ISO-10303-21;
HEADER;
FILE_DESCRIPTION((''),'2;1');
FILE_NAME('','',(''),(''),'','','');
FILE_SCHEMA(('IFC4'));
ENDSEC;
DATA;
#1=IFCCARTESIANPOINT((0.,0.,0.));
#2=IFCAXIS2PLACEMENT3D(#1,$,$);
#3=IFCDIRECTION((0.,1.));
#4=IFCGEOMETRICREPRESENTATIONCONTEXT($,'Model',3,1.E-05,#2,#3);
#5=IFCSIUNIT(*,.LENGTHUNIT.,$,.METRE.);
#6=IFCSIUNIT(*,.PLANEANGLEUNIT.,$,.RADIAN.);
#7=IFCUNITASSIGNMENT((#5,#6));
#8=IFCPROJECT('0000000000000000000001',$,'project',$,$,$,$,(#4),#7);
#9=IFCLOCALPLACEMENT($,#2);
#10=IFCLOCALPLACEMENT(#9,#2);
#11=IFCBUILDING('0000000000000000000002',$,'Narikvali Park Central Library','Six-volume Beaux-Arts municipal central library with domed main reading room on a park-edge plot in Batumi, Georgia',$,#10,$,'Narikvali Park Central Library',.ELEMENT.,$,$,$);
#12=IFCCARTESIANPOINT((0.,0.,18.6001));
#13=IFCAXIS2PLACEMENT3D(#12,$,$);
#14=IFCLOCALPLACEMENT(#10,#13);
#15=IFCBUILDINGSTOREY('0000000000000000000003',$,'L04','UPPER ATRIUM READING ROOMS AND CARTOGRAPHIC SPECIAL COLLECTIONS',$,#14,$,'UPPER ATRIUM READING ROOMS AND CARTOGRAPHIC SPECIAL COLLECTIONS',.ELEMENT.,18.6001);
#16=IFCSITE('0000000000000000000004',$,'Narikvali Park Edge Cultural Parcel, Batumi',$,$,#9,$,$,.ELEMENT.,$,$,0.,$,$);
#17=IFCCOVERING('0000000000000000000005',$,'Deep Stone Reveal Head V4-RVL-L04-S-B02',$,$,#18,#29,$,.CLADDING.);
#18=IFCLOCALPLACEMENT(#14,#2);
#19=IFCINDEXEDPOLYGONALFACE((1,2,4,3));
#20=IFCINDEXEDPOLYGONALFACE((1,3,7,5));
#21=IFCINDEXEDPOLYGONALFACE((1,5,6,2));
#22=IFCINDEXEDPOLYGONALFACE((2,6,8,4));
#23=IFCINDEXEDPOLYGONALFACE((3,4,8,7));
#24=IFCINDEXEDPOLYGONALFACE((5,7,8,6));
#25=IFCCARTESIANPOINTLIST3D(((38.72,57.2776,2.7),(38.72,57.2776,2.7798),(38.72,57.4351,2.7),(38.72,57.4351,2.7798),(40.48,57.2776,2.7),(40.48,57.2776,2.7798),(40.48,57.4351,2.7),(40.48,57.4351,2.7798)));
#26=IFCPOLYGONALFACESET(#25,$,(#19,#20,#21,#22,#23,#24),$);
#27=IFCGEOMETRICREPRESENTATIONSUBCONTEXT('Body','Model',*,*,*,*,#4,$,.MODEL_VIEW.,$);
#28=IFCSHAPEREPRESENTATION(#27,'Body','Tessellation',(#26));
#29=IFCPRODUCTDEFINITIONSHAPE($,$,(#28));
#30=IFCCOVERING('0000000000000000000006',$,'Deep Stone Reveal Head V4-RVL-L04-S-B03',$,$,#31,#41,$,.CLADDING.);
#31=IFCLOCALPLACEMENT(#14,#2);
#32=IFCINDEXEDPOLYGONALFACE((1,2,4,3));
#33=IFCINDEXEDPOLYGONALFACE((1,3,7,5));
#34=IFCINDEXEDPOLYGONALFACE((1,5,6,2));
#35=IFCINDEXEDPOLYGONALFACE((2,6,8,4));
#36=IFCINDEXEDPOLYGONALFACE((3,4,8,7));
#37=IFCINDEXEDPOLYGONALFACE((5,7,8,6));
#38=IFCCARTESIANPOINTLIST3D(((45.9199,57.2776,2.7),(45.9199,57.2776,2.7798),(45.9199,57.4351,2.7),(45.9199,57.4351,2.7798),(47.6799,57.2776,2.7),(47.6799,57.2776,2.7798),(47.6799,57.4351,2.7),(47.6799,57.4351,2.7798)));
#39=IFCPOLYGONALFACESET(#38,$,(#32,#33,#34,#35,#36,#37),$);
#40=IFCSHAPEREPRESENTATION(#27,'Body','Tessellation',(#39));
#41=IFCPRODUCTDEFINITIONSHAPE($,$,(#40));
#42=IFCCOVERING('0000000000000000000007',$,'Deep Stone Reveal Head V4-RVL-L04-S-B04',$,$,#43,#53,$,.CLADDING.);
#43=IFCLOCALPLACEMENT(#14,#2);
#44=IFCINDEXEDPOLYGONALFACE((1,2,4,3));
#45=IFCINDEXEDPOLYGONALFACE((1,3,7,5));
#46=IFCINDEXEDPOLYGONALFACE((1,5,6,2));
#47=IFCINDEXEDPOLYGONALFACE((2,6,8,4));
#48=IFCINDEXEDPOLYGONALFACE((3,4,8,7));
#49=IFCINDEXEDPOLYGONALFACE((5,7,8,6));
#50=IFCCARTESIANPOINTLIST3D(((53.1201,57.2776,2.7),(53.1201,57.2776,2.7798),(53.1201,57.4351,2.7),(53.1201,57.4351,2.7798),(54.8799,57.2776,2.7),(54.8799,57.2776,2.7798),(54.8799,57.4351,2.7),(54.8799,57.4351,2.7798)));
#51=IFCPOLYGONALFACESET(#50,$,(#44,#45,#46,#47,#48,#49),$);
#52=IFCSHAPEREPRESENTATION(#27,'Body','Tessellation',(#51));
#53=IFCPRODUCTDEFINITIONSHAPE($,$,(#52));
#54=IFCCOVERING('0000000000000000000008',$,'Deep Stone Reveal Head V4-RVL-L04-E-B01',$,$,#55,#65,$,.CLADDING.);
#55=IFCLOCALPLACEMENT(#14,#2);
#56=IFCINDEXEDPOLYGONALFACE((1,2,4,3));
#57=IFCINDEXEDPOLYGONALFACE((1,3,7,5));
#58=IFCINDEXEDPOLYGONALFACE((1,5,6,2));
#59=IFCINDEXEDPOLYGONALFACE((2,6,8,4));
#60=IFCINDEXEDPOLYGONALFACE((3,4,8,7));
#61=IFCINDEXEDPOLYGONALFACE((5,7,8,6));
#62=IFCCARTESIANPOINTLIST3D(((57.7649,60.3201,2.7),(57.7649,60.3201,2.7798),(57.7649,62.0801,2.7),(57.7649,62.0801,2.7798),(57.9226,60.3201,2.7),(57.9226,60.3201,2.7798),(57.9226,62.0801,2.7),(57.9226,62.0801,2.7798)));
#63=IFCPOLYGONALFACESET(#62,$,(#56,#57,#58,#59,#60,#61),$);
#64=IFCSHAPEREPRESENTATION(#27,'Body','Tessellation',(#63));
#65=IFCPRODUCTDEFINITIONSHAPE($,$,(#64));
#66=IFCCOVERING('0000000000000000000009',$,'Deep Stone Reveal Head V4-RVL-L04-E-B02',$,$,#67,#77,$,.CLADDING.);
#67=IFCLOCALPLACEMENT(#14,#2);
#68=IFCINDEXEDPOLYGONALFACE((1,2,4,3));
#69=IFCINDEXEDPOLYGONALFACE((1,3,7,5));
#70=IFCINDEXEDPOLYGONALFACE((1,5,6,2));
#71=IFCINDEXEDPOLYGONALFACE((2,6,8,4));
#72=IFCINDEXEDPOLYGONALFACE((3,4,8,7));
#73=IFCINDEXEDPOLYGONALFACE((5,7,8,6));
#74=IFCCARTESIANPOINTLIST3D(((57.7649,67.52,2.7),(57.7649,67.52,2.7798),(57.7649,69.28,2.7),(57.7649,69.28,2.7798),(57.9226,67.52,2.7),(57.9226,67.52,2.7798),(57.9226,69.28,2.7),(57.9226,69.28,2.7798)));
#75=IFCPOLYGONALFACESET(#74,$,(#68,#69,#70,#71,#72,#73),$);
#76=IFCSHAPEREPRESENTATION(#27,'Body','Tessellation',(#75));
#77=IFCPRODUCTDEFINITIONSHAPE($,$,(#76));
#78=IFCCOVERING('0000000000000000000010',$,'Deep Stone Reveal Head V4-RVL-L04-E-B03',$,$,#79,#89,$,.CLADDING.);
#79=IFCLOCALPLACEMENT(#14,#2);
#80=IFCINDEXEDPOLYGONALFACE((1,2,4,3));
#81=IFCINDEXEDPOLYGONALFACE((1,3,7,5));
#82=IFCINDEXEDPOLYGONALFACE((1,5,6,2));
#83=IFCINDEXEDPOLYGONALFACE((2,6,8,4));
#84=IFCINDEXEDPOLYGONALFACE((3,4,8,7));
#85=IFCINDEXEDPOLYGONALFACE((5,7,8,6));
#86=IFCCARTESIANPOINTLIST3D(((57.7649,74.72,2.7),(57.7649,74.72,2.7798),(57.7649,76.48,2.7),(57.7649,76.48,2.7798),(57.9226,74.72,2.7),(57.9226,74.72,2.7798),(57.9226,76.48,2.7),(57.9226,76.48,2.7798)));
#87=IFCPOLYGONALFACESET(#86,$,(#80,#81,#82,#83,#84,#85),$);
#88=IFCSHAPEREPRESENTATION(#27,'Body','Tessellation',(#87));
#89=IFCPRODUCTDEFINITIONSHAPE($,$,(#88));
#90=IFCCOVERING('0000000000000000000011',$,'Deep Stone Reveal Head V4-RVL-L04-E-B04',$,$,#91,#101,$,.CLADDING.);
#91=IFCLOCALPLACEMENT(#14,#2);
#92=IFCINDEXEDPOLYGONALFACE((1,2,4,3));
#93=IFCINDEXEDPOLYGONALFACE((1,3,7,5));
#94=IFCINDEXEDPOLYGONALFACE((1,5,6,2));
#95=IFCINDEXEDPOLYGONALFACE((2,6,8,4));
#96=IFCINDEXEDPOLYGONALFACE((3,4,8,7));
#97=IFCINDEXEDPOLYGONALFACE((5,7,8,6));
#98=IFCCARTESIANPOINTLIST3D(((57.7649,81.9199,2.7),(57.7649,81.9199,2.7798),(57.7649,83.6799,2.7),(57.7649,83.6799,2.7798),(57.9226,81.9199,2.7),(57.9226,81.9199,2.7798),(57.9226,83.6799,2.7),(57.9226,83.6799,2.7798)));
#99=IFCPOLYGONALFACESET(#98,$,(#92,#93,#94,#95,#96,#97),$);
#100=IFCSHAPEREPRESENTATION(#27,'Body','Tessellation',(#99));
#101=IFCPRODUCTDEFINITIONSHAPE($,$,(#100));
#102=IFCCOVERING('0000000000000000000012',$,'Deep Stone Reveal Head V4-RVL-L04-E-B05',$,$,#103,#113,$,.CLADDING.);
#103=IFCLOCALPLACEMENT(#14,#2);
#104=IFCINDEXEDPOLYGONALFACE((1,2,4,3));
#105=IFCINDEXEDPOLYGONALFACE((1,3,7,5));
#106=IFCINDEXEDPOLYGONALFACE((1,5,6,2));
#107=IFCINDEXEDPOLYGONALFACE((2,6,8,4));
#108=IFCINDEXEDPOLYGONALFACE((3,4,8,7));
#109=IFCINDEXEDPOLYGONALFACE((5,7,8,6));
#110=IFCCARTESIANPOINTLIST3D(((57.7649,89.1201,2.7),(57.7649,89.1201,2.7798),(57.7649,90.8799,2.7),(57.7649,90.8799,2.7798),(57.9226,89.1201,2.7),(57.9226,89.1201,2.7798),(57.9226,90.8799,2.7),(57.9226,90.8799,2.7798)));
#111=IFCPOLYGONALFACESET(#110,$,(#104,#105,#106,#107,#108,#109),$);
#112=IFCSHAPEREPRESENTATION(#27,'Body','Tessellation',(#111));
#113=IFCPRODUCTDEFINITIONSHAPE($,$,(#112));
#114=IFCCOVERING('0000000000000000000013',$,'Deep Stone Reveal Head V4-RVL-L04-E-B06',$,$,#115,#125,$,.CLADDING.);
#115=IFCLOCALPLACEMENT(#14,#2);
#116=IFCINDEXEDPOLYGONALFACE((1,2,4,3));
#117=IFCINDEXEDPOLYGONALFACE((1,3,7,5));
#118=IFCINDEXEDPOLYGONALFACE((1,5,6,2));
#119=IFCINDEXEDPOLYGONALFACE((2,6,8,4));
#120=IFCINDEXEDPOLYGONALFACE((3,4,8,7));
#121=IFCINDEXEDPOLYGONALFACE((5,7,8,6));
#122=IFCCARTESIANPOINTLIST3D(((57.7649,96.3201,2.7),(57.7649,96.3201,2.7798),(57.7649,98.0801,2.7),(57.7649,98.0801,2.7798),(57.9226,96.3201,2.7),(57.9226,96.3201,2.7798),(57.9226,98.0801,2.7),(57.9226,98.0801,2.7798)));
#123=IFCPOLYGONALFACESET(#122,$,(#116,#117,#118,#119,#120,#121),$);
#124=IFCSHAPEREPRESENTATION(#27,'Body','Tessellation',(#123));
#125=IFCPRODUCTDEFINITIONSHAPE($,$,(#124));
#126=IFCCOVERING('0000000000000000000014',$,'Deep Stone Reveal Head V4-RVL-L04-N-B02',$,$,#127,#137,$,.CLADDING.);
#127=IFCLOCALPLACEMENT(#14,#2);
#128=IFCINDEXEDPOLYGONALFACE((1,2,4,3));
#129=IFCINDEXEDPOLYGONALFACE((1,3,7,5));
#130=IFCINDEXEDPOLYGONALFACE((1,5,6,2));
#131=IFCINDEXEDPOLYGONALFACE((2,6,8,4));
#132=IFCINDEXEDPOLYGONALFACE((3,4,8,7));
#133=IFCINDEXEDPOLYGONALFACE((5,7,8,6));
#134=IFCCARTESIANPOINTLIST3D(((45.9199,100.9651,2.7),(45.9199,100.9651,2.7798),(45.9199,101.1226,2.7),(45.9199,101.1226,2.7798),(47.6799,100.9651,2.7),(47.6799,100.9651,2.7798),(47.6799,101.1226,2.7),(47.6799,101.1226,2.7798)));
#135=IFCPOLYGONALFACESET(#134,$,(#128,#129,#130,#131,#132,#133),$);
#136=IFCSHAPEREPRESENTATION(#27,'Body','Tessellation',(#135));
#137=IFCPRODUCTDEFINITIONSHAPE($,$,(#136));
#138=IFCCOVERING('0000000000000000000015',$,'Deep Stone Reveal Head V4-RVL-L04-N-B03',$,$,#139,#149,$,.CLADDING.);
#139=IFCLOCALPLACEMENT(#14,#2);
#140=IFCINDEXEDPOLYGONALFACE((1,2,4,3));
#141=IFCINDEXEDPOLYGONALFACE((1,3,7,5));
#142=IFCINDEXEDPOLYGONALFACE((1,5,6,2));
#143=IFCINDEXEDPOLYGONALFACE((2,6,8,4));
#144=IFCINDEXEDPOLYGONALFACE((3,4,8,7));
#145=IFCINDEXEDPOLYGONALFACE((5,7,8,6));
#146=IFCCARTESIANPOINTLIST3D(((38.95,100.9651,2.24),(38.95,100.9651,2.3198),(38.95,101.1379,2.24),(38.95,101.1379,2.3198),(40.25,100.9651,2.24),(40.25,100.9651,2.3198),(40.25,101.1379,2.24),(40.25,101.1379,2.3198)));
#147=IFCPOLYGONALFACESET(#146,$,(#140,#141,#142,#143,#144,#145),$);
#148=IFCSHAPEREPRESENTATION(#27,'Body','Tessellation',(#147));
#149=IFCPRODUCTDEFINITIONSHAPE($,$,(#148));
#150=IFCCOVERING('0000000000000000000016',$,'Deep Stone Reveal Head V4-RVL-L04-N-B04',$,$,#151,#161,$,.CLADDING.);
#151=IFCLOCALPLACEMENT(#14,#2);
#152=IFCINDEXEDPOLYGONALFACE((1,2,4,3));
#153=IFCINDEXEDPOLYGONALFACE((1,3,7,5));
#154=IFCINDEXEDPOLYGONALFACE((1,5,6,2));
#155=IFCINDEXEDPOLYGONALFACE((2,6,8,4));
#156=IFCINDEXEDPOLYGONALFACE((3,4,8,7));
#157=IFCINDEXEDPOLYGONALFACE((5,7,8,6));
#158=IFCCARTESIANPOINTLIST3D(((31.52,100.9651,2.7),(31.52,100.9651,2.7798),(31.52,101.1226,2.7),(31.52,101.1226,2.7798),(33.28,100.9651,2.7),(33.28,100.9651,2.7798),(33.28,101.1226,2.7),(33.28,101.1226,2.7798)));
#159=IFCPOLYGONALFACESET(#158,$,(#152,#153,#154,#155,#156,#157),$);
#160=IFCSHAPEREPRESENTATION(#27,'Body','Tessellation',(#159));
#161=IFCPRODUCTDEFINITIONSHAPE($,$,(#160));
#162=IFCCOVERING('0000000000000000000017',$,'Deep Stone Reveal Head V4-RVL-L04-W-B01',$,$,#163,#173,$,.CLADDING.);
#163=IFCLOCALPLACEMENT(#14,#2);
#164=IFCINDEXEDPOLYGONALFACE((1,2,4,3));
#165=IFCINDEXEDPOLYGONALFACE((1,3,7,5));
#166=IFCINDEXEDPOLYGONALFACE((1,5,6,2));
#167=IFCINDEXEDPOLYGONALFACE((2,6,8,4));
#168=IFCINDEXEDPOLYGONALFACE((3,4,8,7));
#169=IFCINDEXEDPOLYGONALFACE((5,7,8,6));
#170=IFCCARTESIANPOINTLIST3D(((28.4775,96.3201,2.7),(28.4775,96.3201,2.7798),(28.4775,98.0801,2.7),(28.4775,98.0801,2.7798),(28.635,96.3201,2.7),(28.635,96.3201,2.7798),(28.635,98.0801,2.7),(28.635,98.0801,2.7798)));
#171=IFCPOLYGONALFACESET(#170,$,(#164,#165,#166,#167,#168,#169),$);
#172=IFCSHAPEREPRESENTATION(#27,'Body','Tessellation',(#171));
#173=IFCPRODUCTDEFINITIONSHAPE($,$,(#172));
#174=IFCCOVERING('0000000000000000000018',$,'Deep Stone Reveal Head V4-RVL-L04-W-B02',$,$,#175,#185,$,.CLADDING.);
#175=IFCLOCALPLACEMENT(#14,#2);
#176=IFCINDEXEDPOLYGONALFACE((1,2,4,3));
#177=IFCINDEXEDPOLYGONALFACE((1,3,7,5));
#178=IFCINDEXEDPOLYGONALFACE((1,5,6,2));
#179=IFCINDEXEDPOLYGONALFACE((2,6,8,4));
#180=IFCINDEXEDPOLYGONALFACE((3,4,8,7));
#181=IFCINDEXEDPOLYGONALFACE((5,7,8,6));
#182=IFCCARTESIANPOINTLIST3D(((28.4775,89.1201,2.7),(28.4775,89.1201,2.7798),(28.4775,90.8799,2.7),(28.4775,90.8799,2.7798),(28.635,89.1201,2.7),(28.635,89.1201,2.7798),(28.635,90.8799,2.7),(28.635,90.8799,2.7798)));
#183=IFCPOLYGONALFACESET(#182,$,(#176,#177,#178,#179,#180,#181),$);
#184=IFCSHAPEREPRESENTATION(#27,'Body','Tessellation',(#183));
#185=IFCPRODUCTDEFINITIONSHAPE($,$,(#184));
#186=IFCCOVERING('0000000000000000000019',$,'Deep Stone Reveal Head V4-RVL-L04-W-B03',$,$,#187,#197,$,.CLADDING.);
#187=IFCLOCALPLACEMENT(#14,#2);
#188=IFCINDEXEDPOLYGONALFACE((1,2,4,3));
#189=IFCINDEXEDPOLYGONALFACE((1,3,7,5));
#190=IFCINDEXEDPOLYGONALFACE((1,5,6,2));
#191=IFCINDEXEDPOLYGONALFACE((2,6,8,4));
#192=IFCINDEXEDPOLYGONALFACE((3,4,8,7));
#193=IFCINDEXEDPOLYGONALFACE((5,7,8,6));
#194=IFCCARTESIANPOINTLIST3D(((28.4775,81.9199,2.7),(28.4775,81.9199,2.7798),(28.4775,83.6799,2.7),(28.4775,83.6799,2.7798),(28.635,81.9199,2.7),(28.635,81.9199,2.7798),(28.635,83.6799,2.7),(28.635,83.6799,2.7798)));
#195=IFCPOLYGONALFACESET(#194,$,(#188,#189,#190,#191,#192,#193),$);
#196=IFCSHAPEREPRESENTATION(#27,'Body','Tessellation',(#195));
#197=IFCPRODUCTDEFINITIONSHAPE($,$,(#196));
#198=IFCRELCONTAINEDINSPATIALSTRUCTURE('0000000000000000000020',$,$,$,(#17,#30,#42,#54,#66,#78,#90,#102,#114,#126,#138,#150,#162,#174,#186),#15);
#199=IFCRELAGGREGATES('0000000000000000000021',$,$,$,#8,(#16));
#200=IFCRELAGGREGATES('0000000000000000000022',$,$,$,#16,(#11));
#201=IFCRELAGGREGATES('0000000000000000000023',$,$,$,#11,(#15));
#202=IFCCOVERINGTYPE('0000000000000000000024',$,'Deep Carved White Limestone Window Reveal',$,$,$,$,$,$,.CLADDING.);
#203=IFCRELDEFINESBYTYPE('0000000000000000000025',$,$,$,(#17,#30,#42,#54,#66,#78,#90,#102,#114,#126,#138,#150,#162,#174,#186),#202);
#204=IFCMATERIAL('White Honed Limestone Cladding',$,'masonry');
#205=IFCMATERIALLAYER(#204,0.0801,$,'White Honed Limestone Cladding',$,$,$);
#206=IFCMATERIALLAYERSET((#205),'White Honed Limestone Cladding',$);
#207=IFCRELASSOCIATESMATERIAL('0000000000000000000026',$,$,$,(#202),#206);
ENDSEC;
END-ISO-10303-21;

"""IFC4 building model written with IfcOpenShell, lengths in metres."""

from ifc_helpers import new_model, si_unit, direction, frame, origin, place, context, subcontext, project, spatial, polyline, outline, extrude, material, layer, layer_set, type_object, element, save


model = new_model("IFC4")

# Units and contexts
model_context = context("Model", 3, precision=1e-05, world=origin(), true_north=direction((0.0, 1.0)))
body_context = subcontext(model_context, "Body", "Model", "MODEL_VIEW")
ifc_project = project(units=[si_unit("LENGTHUNIT", "METRE"), si_unit("PLANEANGLEUNIT", "RADIAN")], contexts=[model_context])

# Site, building, storey
site_placement = place(None, origin())
site = spatial("IfcSite", under=ifc_project, at=site_placement, Name="Narikvali Park Edge Cultural Parcel, Batumi", CompositionType="ELEMENT", RefElevation=0.0)
building_placement = place(site_placement, origin())
building = spatial("IfcBuilding", under=site, at=building_placement, Name="Narikvali Park Central Library", Description="Six-volume Beaux-Arts municipal central library with domed main reading room on a park-edge plot in Batumi, Georgia", LongName="Narikvali Park Central Library", CompositionType="ELEMENT")
storey_placement = place(building_placement, frame((0.0, 0.0, 18.6001)))
storey = spatial("IfcBuildingStorey", under=building, at=storey_placement, Name="L04", Description="UPPER ATRIUM READING ROOMS AND CARTOGRAPHIC SPECIAL COLLECTIONS", LongName="UPPER ATRIUM READING ROOMS AND CARTOGRAPHIC SPECIAL COLLECTIONS", CompositionType="ELEMENT", Elevation=18.6001)

# Coverings
ifc_material = material(Name="White Honed Limestone Cladding", Category="masonry")
ifc_layer = layer(ifc_material, 0.0801, Name="White Honed Limestone Cladding")
ifc_layer_set = layer_set([ifc_layer], Name="White Honed Limestone Cladding")
covering_type = type_object("IfcCoveringType", Name="Deep Carved White Limestone Window Reveal", PredefinedType="CLADDING", material=ifc_layer_set)
covering_1_placement = place(storey_placement, frame((0.0, 0.0, 2.7)))
element("IfcCovering", 1, at=covering_1_placement, inside=storey, type_object=covering_type, Name="Deep Stone Reveal Head V4-RVL-L04-S-B02", PredefinedType="CLADDING", context=body_context, shape_type="SweptSolid", body=[
    extrude(outline(polyline([(38.72, 57.4351), (40.48, 57.4351), (40.48, 57.2776), (38.72, 57.2776), (38.72, 57.4351)])), origin(), (0.0, 0.0, 1.0), 0.0798),
])
covering_2_placement = place(storey_placement, frame((0.0, 0.0, 2.7)))
element("IfcCovering", 2, at=covering_2_placement, inside=storey, type_object=covering_type, Name="Deep Stone Reveal Head V4-RVL-L04-S-B03", PredefinedType="CLADDING", context=body_context, shape_type="SweptSolid", body=[
    extrude(outline(polyline([(45.9199, 57.4351), (47.6799, 57.4351), (47.6799, 57.2776), (45.9199, 57.2776), (45.9199, 57.4351)])), origin(), (0.0, 0.0, 1.0), 0.0798),
])
covering_3_placement = place(storey_placement, frame((0.0, 0.0, 2.7)))
element("IfcCovering", 3, at=covering_3_placement, inside=storey, type_object=covering_type, Name="Deep Stone Reveal Head V4-RVL-L04-S-B04", PredefinedType="CLADDING", context=body_context, shape_type="SweptSolid", body=[
    extrude(outline(polyline([(53.1201, 57.4351), (54.8799, 57.4351), (54.8799, 57.2776), (53.1201, 57.2776), (53.1201, 57.4351)])), origin(), (0.0, 0.0, 1.0), 0.0798),
])
covering_4_placement = place(storey_placement, frame((0.0, 0.0, 2.7)))
element("IfcCovering", 4, at=covering_4_placement, inside=storey, type_object=covering_type, Name="Deep Stone Reveal Head V4-RVL-L04-E-B01", PredefinedType="CLADDING", context=body_context, shape_type="SweptSolid", body=[
    extrude(outline(polyline([(57.7649, 60.3201), (57.7649, 62.0801), (57.9226, 62.0801), (57.9226, 60.3201), (57.7649, 60.3201)])), origin(), (0.0, 0.0, 1.0), 0.0798),
])
covering_5_placement = place(storey_placement, frame((0.0, 0.0, 2.7)))
element("IfcCovering", 5, at=covering_5_placement, inside=storey, type_object=covering_type, Name="Deep Stone Reveal Head V4-RVL-L04-E-B02", PredefinedType="CLADDING", context=body_context, shape_type="SweptSolid", body=[
    extrude(outline(polyline([(57.7649, 67.52), (57.7649, 69.28), (57.9226, 69.28), (57.9226, 67.52), (57.7649, 67.52)])), origin(), (0.0, 0.0, 1.0), 0.0798),
])
covering_6_placement = place(storey_placement, frame((0.0, 0.0, 2.7)))
element("IfcCovering", 6, at=covering_6_placement, inside=storey, type_object=covering_type, Name="Deep Stone Reveal Head V4-RVL-L04-E-B03", PredefinedType="CLADDING", context=body_context, shape_type="SweptSolid", body=[
    extrude(outline(polyline([(57.7649, 74.72), (57.7649, 76.48), (57.9226, 76.48), (57.9226, 74.72), (57.7649, 74.72)])), origin(), (0.0, 0.0, 1.0), 0.0798),
])
covering_7_placement = place(storey_placement, frame((0.0, 0.0, 2.7)))
element("IfcCovering", 7, at=covering_7_placement, inside=storey, type_object=covering_type, Name="Deep Stone Reveal Head V4-RVL-L04-E-B04", PredefinedType="CLADDING", context=body_context, shape_type="SweptSolid", body=[
    extrude(outline(polyline([(57.7649, 81.9199), (57.7649, 83.6799), (57.9226, 83.6799), (57.9226, 81.9199), (57.7649, 81.9199)])), origin(), (0.0, 0.0, 1.0), 0.0798),
])
covering_8_placement = place(storey_placement, frame((0.0, 0.0, 2.7)))
element("IfcCovering", 8, at=covering_8_placement, inside=storey, type_object=covering_type, Name="Deep Stone Reveal Head V4-RVL-L04-E-B05", PredefinedType="CLADDING", context=body_context, shape_type="SweptSolid", body=[
    extrude(outline(polyline([(57.7649, 89.1201), (57.7649, 90.8799), (57.9226, 90.8799), (57.9226, 89.1201), (57.7649, 89.1201)])), origin(), (0.0, 0.0, 1.0), 0.0798),
])
covering_9_placement = place(storey_placement, frame((0.0, 0.0, 2.7)))
element("IfcCovering", 9, at=covering_9_placement, inside=storey, type_object=covering_type, Name="Deep Stone Reveal Head V4-RVL-L04-E-B06", PredefinedType="CLADDING", context=body_context, shape_type="SweptSolid", body=[
    extrude(outline(polyline([(57.7649, 96.3201), (57.7649, 98.0801), (57.9226, 98.0801), (57.9226, 96.3201), (57.7649, 96.3201)])), origin(), (0.0, 0.0, 1.0), 0.0798),
])
covering_10_placement = place(storey_placement, frame((0.0, 0.0, 2.7)))
element("IfcCovering", 10, at=covering_10_placement, inside=storey, type_object=covering_type, Name="Deep Stone Reveal Head V4-RVL-L04-N-B02", PredefinedType="CLADDING", context=body_context, shape_type="SweptSolid", body=[
    extrude(outline(polyline([(47.6799, 100.9651), (45.9199, 100.9651), (45.9199, 101.1226), (47.6799, 101.1226), (47.6799, 100.9651)])), origin(), (0.0, 0.0, 1.0), 0.0798),
])
covering_11_placement = place(storey_placement, frame((0.0, 0.0, 2.24)))
element("IfcCovering", 11, at=covering_11_placement, inside=storey, type_object=covering_type, Name="Deep Stone Reveal Head V4-RVL-L04-N-B03", PredefinedType="CLADDING", context=body_context, shape_type="SweptSolid", body=[
    extrude(outline(polyline([(40.25, 100.9651), (38.95, 100.9651), (38.95, 101.1379), (40.25, 101.1379), (40.25, 100.9651)])), origin(), (0.0, 0.0, 1.0), 0.0798),
])
covering_12_placement = place(storey_placement, frame((0.0, 0.0, 2.7)))
element("IfcCovering", 12, at=covering_12_placement, inside=storey, type_object=covering_type, Name="Deep Stone Reveal Head V4-RVL-L04-N-B04", PredefinedType="CLADDING", context=body_context, shape_type="SweptSolid", body=[
    extrude(outline(polyline([(33.28, 100.9651), (31.52, 100.9651), (31.52, 101.1226), (33.28, 101.1226), (33.28, 100.9651)])), origin(), (0.0, 0.0, 1.0), 0.0798),
])
covering_13_placement = place(storey_placement, frame((0.0, 0.0, 2.7)))
element("IfcCovering", 13, at=covering_13_placement, inside=storey, type_object=covering_type, Name="Deep Stone Reveal Head V4-RVL-L04-W-B01", PredefinedType="CLADDING", context=body_context, shape_type="SweptSolid", body=[
    extrude(outline(polyline([(28.635, 98.0801), (28.635, 96.3201), (28.4775, 96.3201), (28.4775, 98.0801), (28.635, 98.0801)])), origin(), (0.0, 0.0, 1.0), 0.0798),
])
covering_14_placement = place(storey_placement, frame((0.0, 0.0, 2.7)))
element("IfcCovering", 14, at=covering_14_placement, inside=storey, type_object=covering_type, Name="Deep Stone Reveal Head V4-RVL-L04-W-B02", PredefinedType="CLADDING", context=body_context, shape_type="SweptSolid", body=[
    extrude(outline(polyline([(28.635, 90.8799), (28.635, 89.1201), (28.4775, 89.1201), (28.4775, 90.8799), (28.635, 90.8799)])), origin(), (0.0, 0.0, 1.0), 0.0798),
])
covering_15_placement = place(storey_placement, frame((0.0, 0.0, 2.7)))
element("IfcCovering", 15, at=covering_15_placement, inside=storey, type_object=covering_type, Name="Deep Stone Reveal Head V4-RVL-L04-W-B03", PredefinedType="CLADDING", context=body_context, shape_type="SweptSolid", body=[
    extrude(outline(polyline([(28.635, 83.6799), (28.635, 81.9199), (28.4775, 81.9199), (28.4775, 83.6799), (28.635, 83.6799)])), origin(), (0.0, 0.0, 1.0), 0.0798),
])

save(model, "model.ifc")
